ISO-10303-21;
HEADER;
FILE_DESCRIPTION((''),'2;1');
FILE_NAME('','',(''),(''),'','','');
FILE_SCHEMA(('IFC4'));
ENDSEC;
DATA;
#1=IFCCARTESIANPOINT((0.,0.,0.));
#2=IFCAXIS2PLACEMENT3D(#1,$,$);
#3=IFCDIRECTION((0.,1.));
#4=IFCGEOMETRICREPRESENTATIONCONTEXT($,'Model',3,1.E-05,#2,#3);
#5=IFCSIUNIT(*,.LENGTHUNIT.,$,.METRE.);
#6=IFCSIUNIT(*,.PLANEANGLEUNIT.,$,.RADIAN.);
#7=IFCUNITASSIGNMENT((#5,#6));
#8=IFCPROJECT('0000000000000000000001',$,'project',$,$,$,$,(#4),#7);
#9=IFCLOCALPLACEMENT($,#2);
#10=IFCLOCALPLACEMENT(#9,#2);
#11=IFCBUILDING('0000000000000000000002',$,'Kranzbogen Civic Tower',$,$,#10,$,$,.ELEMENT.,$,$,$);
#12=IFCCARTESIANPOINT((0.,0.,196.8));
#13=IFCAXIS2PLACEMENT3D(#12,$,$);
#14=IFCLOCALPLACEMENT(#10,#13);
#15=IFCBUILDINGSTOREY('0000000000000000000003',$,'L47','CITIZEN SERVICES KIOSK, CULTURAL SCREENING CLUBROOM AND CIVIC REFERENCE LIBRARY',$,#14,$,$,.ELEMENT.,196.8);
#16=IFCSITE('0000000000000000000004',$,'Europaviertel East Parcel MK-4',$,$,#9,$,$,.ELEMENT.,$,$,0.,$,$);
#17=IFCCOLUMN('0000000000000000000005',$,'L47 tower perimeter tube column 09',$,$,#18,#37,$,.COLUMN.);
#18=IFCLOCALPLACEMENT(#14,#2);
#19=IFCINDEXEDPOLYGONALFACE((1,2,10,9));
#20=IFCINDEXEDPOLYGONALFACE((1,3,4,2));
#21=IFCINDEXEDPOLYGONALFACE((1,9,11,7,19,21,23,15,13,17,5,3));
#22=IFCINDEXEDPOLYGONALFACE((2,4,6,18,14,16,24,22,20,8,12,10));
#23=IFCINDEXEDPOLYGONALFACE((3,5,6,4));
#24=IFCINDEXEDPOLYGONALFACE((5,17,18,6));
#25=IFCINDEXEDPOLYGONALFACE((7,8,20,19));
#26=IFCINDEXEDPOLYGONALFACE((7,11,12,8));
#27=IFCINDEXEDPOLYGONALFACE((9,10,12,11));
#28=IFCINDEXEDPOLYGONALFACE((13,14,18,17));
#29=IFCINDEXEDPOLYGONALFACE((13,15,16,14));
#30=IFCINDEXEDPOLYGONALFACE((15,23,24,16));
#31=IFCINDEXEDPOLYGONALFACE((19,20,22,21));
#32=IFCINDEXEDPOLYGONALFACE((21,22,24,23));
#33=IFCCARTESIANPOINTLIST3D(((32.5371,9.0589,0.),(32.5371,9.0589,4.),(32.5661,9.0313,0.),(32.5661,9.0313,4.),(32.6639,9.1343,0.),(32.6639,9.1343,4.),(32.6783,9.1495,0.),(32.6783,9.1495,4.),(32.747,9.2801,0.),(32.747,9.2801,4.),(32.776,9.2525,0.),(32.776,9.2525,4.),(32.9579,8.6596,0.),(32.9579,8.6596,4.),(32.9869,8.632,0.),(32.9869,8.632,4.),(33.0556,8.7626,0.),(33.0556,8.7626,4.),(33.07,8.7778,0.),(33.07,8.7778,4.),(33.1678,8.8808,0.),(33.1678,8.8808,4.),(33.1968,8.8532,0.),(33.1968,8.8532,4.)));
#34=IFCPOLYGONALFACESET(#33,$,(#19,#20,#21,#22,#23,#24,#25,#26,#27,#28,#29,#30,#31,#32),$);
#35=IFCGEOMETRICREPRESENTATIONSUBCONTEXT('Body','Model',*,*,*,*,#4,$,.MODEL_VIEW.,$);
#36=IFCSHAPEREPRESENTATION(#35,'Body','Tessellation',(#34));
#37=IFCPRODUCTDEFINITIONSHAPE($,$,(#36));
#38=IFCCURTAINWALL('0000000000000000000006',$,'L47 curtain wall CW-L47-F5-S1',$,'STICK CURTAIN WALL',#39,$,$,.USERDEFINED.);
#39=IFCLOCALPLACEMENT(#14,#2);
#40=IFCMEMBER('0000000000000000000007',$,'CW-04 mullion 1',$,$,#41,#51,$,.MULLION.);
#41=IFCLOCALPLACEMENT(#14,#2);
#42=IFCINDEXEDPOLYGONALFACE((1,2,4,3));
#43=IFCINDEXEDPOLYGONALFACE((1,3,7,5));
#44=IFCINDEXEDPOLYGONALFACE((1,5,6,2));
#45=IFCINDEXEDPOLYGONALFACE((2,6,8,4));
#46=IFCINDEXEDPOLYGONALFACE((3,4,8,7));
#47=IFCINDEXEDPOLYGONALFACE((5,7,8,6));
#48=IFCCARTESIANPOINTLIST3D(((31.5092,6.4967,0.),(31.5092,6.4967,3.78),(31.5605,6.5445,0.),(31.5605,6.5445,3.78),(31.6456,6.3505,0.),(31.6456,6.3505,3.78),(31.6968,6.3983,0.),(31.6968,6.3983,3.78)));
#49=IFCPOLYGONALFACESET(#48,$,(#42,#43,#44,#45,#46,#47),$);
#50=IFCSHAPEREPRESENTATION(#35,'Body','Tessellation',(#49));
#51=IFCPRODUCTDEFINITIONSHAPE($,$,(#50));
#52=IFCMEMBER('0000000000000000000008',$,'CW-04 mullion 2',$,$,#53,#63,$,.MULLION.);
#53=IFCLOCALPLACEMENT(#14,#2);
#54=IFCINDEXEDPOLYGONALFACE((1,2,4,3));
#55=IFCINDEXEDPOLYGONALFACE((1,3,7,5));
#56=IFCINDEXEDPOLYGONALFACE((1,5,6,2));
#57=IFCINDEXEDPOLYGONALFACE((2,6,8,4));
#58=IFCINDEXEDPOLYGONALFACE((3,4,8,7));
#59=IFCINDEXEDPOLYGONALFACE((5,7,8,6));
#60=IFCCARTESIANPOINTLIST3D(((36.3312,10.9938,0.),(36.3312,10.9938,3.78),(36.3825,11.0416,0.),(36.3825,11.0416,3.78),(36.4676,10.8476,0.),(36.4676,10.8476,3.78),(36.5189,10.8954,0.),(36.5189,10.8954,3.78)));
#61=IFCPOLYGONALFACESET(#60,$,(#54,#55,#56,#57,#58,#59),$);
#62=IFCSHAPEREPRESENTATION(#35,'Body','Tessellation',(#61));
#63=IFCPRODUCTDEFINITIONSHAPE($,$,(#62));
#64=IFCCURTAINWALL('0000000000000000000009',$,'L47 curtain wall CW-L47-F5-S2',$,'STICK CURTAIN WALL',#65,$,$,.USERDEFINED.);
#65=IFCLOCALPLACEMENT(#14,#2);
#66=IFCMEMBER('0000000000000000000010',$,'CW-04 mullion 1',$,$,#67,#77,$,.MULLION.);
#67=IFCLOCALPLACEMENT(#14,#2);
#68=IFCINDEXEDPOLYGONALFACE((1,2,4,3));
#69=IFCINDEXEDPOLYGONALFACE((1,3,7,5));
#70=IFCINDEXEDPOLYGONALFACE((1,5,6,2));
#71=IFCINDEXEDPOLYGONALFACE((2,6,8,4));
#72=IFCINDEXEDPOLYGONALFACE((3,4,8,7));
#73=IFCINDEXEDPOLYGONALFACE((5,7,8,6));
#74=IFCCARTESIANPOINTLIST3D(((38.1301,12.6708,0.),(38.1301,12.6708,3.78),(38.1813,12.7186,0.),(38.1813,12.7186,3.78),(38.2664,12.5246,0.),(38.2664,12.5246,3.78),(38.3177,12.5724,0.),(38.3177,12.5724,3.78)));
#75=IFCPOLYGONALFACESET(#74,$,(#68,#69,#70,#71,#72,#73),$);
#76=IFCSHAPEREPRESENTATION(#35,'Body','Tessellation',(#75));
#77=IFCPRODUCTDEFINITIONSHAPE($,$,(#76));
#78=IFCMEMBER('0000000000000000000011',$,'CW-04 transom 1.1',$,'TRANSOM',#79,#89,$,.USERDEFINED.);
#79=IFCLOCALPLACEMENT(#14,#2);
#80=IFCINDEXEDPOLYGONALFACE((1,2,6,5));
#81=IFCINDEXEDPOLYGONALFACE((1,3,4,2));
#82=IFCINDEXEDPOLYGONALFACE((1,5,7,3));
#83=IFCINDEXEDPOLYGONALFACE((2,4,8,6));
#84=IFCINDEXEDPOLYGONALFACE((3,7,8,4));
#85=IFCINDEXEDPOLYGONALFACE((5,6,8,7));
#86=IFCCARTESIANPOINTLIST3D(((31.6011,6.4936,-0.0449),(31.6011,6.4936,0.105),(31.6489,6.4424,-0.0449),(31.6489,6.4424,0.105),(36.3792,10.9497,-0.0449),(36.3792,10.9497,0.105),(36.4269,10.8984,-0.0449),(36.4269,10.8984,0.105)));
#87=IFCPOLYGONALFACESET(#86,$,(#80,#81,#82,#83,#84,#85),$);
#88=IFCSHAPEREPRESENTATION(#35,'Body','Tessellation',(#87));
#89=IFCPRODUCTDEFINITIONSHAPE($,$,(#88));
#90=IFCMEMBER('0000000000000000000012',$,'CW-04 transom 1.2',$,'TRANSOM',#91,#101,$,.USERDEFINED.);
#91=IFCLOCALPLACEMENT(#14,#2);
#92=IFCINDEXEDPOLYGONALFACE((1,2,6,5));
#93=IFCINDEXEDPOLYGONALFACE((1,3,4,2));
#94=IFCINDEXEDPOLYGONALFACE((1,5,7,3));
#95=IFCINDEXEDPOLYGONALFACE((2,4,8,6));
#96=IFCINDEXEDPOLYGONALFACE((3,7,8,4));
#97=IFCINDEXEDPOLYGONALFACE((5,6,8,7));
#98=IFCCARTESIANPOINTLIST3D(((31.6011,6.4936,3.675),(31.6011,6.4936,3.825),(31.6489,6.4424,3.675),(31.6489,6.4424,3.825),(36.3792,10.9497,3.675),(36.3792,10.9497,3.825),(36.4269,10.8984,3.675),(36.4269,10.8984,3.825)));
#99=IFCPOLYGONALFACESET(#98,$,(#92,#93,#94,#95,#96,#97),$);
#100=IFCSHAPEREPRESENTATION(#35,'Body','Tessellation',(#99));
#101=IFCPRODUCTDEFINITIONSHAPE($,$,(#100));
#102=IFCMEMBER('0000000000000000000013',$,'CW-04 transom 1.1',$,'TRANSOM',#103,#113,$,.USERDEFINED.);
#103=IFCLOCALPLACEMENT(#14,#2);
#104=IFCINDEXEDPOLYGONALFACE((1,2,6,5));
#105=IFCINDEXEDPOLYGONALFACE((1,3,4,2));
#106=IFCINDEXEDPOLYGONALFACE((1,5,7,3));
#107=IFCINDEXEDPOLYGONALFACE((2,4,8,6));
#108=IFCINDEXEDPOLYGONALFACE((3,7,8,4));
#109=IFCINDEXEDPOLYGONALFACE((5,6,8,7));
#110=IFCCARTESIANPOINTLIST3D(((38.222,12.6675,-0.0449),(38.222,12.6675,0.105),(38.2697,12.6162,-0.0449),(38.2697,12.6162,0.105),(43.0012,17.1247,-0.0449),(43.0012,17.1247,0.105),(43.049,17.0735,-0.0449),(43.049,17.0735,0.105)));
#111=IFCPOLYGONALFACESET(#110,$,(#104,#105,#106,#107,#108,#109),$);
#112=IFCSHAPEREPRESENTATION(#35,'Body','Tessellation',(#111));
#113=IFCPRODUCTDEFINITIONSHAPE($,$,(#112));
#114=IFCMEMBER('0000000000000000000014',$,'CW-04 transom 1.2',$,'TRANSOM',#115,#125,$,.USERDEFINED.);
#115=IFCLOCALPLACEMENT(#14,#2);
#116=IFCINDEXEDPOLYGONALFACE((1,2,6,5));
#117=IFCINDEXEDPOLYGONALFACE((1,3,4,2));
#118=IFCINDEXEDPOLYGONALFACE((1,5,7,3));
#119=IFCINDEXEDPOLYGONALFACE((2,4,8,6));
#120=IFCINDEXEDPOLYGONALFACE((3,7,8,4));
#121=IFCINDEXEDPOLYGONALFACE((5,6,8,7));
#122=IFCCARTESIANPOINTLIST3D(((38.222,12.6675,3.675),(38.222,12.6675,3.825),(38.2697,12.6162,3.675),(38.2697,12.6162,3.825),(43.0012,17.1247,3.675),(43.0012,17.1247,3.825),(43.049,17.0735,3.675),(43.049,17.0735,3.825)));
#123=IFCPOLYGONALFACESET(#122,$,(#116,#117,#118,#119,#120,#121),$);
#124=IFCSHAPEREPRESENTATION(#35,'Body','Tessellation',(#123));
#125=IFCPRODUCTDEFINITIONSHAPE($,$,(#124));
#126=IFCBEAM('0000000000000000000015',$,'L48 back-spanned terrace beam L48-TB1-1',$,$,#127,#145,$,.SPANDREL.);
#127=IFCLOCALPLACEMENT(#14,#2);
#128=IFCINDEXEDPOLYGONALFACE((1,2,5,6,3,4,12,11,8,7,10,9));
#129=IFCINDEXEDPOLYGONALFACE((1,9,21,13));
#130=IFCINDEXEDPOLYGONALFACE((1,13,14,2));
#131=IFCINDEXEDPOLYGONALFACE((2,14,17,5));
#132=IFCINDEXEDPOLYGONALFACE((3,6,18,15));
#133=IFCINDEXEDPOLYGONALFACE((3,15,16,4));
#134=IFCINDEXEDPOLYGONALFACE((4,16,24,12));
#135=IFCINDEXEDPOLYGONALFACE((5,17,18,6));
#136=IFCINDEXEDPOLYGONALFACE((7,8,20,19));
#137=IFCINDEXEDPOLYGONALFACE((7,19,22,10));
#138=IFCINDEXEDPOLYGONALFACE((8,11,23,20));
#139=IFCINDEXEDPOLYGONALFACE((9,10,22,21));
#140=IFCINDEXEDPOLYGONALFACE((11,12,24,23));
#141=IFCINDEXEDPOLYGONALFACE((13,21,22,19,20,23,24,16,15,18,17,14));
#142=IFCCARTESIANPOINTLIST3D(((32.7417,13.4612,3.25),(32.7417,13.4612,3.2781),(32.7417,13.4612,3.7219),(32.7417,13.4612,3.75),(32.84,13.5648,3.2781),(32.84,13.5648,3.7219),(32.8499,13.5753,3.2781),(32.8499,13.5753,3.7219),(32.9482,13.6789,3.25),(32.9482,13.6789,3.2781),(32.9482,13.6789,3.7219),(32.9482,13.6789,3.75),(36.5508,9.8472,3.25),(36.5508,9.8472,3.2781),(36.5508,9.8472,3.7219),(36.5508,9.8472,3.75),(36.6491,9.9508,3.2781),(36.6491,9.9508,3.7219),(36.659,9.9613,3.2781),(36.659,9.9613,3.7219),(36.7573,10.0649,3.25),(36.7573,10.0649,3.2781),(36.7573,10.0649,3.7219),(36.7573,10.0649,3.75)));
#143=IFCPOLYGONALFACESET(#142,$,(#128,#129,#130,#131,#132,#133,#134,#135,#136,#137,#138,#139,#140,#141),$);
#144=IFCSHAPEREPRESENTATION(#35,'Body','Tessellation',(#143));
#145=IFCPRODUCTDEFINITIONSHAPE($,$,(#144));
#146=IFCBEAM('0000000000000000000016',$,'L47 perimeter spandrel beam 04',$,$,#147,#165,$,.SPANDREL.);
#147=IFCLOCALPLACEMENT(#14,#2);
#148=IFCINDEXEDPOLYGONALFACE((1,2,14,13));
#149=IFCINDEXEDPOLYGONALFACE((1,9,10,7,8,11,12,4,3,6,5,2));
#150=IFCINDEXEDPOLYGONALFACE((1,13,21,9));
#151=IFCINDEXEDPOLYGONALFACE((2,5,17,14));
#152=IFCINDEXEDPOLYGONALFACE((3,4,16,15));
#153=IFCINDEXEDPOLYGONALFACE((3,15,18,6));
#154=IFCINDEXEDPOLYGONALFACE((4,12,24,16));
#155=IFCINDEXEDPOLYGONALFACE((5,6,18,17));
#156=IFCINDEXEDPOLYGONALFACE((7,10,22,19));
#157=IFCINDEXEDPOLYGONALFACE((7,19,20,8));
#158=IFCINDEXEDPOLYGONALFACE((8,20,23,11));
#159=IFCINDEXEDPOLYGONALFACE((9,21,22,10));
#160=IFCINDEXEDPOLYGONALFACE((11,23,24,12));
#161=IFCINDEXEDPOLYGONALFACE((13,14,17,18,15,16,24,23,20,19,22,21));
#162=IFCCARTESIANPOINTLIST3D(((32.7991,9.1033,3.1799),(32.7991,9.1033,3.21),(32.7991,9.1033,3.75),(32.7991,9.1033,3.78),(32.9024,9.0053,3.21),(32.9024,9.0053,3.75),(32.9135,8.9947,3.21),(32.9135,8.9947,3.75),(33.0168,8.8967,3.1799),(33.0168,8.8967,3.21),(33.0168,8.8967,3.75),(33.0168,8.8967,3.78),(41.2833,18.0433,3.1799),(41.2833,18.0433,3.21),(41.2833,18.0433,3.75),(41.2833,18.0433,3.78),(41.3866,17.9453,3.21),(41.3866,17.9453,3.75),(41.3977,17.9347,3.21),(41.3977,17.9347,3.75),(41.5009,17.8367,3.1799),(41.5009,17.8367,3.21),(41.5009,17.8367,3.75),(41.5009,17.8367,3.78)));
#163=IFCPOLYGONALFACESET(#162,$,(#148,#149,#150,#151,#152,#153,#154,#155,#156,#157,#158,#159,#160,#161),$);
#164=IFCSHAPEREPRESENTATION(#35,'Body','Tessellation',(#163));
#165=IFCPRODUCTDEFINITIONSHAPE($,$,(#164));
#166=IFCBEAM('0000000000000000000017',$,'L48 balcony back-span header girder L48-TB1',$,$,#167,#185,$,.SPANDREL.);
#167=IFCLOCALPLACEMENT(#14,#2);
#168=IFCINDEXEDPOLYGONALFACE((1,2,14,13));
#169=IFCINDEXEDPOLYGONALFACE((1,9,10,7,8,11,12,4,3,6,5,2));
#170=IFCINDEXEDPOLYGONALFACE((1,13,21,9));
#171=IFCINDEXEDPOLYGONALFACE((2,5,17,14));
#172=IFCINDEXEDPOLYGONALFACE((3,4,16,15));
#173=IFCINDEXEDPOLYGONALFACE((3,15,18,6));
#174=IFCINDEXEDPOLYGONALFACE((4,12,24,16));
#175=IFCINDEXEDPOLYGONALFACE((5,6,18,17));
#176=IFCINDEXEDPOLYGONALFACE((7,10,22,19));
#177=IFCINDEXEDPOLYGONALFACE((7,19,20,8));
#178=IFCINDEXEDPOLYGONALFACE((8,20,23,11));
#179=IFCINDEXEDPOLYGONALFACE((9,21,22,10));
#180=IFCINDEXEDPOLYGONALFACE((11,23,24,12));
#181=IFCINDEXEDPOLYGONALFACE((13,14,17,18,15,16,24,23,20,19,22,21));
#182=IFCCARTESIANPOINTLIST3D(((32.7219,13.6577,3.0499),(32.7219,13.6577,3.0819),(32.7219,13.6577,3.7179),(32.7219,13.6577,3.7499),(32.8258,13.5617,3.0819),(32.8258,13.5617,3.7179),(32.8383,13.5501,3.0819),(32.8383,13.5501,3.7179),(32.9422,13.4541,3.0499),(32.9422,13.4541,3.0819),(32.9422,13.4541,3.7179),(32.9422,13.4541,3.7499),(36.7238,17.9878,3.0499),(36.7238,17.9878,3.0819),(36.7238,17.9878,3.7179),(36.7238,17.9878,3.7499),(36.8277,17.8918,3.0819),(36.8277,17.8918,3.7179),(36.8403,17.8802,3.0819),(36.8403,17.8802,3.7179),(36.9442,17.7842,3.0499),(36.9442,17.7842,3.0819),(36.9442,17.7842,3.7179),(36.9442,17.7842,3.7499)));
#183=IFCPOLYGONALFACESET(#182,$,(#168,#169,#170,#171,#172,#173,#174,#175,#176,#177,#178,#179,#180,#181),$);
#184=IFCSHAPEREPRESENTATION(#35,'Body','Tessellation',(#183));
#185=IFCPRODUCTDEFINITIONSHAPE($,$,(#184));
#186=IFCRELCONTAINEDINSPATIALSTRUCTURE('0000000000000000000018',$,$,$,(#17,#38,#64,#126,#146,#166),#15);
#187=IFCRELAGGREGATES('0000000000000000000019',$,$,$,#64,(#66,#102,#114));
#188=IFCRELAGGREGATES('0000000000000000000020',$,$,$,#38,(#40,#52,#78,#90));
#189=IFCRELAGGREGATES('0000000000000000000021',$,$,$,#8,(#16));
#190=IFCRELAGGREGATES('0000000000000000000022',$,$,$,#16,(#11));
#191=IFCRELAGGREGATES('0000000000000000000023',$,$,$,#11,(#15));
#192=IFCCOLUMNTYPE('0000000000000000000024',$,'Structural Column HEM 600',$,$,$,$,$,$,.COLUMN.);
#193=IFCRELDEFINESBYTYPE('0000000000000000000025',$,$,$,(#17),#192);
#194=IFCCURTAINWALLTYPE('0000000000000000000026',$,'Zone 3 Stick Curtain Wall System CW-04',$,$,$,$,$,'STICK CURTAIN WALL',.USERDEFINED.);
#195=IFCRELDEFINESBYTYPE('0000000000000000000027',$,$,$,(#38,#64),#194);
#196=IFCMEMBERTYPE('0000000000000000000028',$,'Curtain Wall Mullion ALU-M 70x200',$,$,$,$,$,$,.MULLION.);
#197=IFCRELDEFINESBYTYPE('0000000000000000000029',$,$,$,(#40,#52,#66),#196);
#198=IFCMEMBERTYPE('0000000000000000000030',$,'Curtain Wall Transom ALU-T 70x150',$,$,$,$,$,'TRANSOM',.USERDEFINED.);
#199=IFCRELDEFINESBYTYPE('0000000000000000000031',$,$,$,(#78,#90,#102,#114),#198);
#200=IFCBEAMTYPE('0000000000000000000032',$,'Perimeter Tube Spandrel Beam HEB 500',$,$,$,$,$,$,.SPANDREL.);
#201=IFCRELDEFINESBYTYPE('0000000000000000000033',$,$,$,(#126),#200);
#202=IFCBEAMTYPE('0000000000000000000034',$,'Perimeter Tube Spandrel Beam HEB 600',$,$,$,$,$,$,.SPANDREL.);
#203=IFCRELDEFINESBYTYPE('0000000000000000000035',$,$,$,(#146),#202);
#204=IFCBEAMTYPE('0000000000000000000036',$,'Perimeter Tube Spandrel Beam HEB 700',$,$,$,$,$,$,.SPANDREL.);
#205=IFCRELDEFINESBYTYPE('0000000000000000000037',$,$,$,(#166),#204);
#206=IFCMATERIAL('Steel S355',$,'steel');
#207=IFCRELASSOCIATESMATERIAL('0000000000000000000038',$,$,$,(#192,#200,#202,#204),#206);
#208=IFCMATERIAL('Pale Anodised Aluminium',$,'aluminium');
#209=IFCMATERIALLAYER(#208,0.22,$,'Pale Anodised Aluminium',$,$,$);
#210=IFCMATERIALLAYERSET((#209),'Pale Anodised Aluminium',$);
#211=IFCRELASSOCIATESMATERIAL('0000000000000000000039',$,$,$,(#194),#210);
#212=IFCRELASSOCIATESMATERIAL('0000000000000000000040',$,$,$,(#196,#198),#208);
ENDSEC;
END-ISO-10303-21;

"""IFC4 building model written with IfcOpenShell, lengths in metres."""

from ifc_helpers import new_model, si_unit, direction, frame, origin, origin_2d, place, context, subcontext, project, spatial, rectangle, i_section, extrude, material, layer, layer_set, material_profile, profile_set, type_object, element, aggregate, save


model = new_model("IFC4")

# Units and contexts
model_context = context("Model", 3, precision=1e-05, world=origin(), true_north=direction((0.0, 1.0)))
body_context = subcontext(model_context, "Body", "Model", "MODEL_VIEW")
ifc_project = project(units=[si_unit("LENGTHUNIT", "METRE"), si_unit("PLANEANGLEUNIT", "RADIAN")], contexts=[model_context])

# Site, building, storey
site_placement = place(None, origin())
site = spatial("IfcSite", under=ifc_project, at=site_placement, Name="Europaviertel East Parcel MK-4", CompositionType="ELEMENT", RefElevation=0.0)
building_placement = place(site_placement, origin())
building = spatial("IfcBuilding", under=site, at=building_placement, Name="Kranzbogen Civic Tower", CompositionType="ELEMENT")
storey_placement = place(building_placement, frame((0.0, 0.0, 196.8)))
storey = spatial("IfcBuildingStorey", under=building, at=storey_placement, Name="L47", Description="CITIZEN SERVICES KIOSK, CULTURAL SCREENING CLUBROOM AND CIVIC REFERENCE LIBRARY", CompositionType="ELEMENT", Elevation=196.8)

# Column
ifc_material_1 = material(Name="Steel S355", Category="steel")
ifc_material_profile_1 = material_profile(ifc_material_1, i_section(OverallWidth=0.3049, OverallDepth=0.6201, WebThickness=0.021, FlangeThickness=0.04, at=origin_2d()), Name="HEM 600")
ifc_profile_set_1 = profile_set([ifc_material_profile_1], Name="Steel S355")
column_type = type_object("IfcColumnType", Name="Structural Column HEM 600", PredefinedType="COLUMN", material=ifc_profile_set_1)
column_placement = place(storey_placement, frame((32.8669, 8.9561, 0.0), z_axis=(0.0, 0.0, 1.0), x_axis=(0.688355, 0.725374, 0.0)))
element("IfcColumn", 1, at=column_placement, inside=storey, type_object=column_type, Name="L47 tower perimeter tube column 09", PredefinedType="COLUMN", context=body_context, shape_type="SweptSolid", body=[
    extrude(i_section(OverallWidth=0.3049, OverallDepth=0.6201, WebThickness=0.021, FlangeThickness=0.04, at=origin_2d()), origin(), (0.0, 0.0, 1.0), 4.0),
])

# Curtain wall, members
ifc_material_2 = material(Name="Pale Anodised Aluminium", Category="aluminium")
ifc_layer_1 = layer(ifc_material_2, 0.22, Name="Pale Anodised Aluminium")
ifc_layer_set_1 = layer_set([ifc_layer_1], Name="Pale Anodised Aluminium")
curtain_wall_type = type_object("IfcCurtainWallType", Name="Zone 3 Stick Curtain Wall System CW-04", ElementType="STICK CURTAIN WALL", PredefinedType="USERDEFINED", material=ifc_layer_set_1)
curtain_wall_1_placement = place(storey_placement, origin())
curtain_wall_1 = element("IfcCurtainWall", 2, at=curtain_wall_1_placement, inside=storey, type_object=curtain_wall_type, Name="L47 curtain wall CW-L47-F5-S1", ObjectType="STICK CURTAIN WALL", PredefinedType="USERDEFINED")
ifc_material_profile_2 = material_profile(ifc_material_2, rectangle(XDim=0.0701, YDim=0.2, at=origin_2d()), Name="ALU-M 70x200")
ifc_profile_set_2 = profile_set([ifc_material_profile_2], Name="Pale Anodised Aluminium")
member_type_1 = type_object("IfcMemberType", Name="Curtain Wall Mullion ALU-M 70x200", PredefinedType="MULLION", material=ifc_profile_set_2)
member_1_placement = place(storey_placement, frame((31.603, 6.4475, 0.0), z_axis=(0.0, 0.0, 1.0), x_axis=(0.731325, 0.682029, 0.0)))
member_1 = element("IfcMember", 3, at=member_1_placement, type_object=member_type_1, Name="CW-04 mullion 1", PredefinedType="MULLION", context=body_context, shape_type="SweptSolid", body=[
    extrude(rectangle(XDim=0.0701, YDim=0.2, at=origin_2d()), origin(), (0.0, 0.0, 1.0), 3.78),
])
member_2_placement = place(storey_placement, frame((36.425, 10.9446, 0.0), z_axis=(0.0, 0.0, 1.0), x_axis=(0.731325, 0.682029, 0.0)))
member_2 = element("IfcMember", 4, at=member_2_placement, type_object=member_type_1, Name="CW-04 mullion 2", PredefinedType="MULLION", context=body_context, shape_type="SweptSolid", body=[
    extrude(rectangle(XDim=0.0701, YDim=0.2, at=origin_2d()), origin(), (0.0, 0.0, 1.0), 3.78),
])

# Curtain wall, member
curtain_wall_2_placement = place(storey_placement, origin())
curtain_wall_2 = element("IfcCurtainWall", 5, at=curtain_wall_2_placement, inside=storey, type_object=curtain_wall_type, Name="L47 curtain wall CW-L47-F5-S2", ObjectType="STICK CURTAIN WALL", PredefinedType="USERDEFINED")
member_3_placement = place(storey_placement, frame((38.2239, 12.6216, 0.0), z_axis=(0.0, 0.0, 1.0), x_axis=(0.73132, 0.682034, 0.0)))
member_3 = element("IfcMember", 6, at=member_3_placement, type_object=member_type_1, Name="CW-04 mullion 1", PredefinedType="MULLION", context=body_context, shape_type="SweptSolid", body=[
    extrude(rectangle(XDim=0.0701, YDim=0.2, at=origin_2d()), origin(), (0.0, 0.0, 1.0), 3.78),
])

# Members
ifc_material_profile_3 = material_profile(ifc_material_2, rectangle(XDim=0.0701, YDim=0.1499, at=origin_2d()), Name="ALU-T 70x150")
ifc_profile_set_3 = profile_set([ifc_material_profile_3], Name="Pale Anodised Aluminium")
member_type_2 = type_object("IfcMemberType", Name="Curtain Wall Transom ALU-T 70x150", ElementType="TRANSOM", PredefinedType="USERDEFINED", material=ifc_profile_set_3)
member_4_placement = place(storey_placement, frame((31.625, 6.468, 0.03), z_axis=(0.731321, 0.682033, 0.0), x_axis=(-0.682033, 0.731321, 0.0)))
member_4 = element("IfcMember", 7, at=member_4_placement, type_object=member_type_2, Name="CW-04 transom 1.1", ObjectType="TRANSOM", PredefinedType="USERDEFINED", context=body_context, shape_type="SweptSolid", body=[
    extrude(rectangle(XDim=0.0701, YDim=0.1499, at=origin_2d()), origin(), (0.0, 0.0, 1.0), 6.5334),
])
member_5_placement = place(storey_placement, frame((31.625, 6.468, 3.75), z_axis=(0.731321, 0.682033, 0.0), x_axis=(-0.682033, 0.731321, 0.0)))
member_5 = element("IfcMember", 8, at=member_5_placement, type_object=member_type_2, Name="CW-04 transom 1.2", ObjectType="TRANSOM", PredefinedType="USERDEFINED", context=body_context, shape_type="SweptSolid", body=[
    extrude(rectangle(XDim=0.0701, YDim=0.1499, at=origin_2d()), origin(), (0.0, 0.0, 1.0), 6.5334),
])
member_6_placement = place(storey_placement, frame((38.2458, 12.6418, 0.03), z_axis=(0.731315, 0.68204, 0.0), x_axis=(-0.68204, 0.731315, 0.0)))
member_6 = element("IfcMember", 9, at=member_6_placement, type_object=member_type_2, Name="CW-04 transom 1.1", ObjectType="TRANSOM", PredefinedType="USERDEFINED", context=body_context, shape_type="SweptSolid", body=[
    extrude(rectangle(XDim=0.0701, YDim=0.1499, at=origin_2d()), origin(), (0.0, 0.0, 1.0), 6.5352),
])
member_7_placement = place(storey_placement, frame((38.2458, 12.6418, 3.75), z_axis=(0.731315, 0.68204, 0.0), x_axis=(-0.68204, 0.731315, 0.0)))
member_7 = element("IfcMember", 10, at=member_7_placement, type_object=member_type_2, Name="CW-04 transom 1.2", ObjectType="TRANSOM", PredefinedType="USERDEFINED", context=body_context, shape_type="SweptSolid", body=[
    extrude(rectangle(XDim=0.0701, YDim=0.1499, at=origin_2d()), origin(), (0.0, 0.0, 1.0), 6.5352),
])
aggregate(curtain_wall_2, [member_3, member_6, member_7])

# Beams
ifc_material_profile_4 = material_profile(ifc_material_1, i_section(OverallWidth=0.3, OverallDepth=0.5, WebThickness=0.0144, FlangeThickness=0.0281, at=origin_2d()), Name="HEB 500")
ifc_profile_set_4 = profile_set([ifc_material_profile_4], Name="Steel S355")
beam_type_1 = type_object("IfcBeamType", Name="Perimeter Tube Spandrel Beam HEB 500", PredefinedType="SPANDREL", material=ifc_profile_set_4)
beam_1_placement = place(storey_placement, frame((32.845, 13.5701, 3.5), z_axis=(0.725438, -0.688287, 0.0), x_axis=(0.688287, 0.725438, 0.0)))
element("IfcBeam", 11, at=beam_1_placement, inside=storey, type_object=beam_type_1, Name="L48 back-spanned terrace beam L48-TB1-1", PredefinedType="SPANDREL", context=body_context, shape_type="SweptSolid", body=[
    extrude(i_section(OverallWidth=0.3, OverallDepth=0.5, WebThickness=0.0144, FlangeThickness=0.0281, at=origin_2d()), origin(), (0.0, 0.0, 1.0), 5.2507),
])
ifc_material_profile_5 = material_profile(ifc_material_1, i_section(OverallWidth=0.3, OverallDepth=0.6001, WebThickness=0.0154, FlangeThickness=0.03, at=origin_2d()), Name="HEB 600")
ifc_profile_set_5 = profile_set([ifc_material_profile_5], Name="Steel S355")
beam_type_2 = type_object("IfcBeamType", Name="Perimeter Tube Spandrel Beam HEB 600", PredefinedType="SPANDREL", material=ifc_profile_set_5)
beam_2_placement = place(storey_placement, frame((32.908, 9.0, 3.48), z_axis=(0.688373, 0.725356, 0.0), x_axis=(-0.725356, 0.688373, 0.0)))
element("IfcBeam", 12, at=beam_2_placement, inside=storey, type_object=beam_type_2, Name="L47 perimeter spandrel beam 04", PredefinedType="SPANDREL", context=body_context, shape_type="SweptSolid", body=[
    extrude(i_section(OverallWidth=0.3, OverallDepth=0.6001, WebThickness=0.0154, FlangeThickness=0.03, at=origin_2d()), origin(), (0.0, 0.0, 1.0), 12.325),
])
ifc_material_profile_6 = material_profile(ifc_material_1, i_section(OverallWidth=0.3, OverallDepth=0.7, WebThickness=0.0171, FlangeThickness=0.032, at=origin_2d()), Name="HEB 700")
ifc_profile_set_6 = profile_set([ifc_material_profile_6], Name="Steel S355")
beam_type_3 = type_object("IfcBeamType", Name="Perimeter Tube Spandrel Beam HEB 700", PredefinedType="SPANDREL", material=ifc_profile_set_6)
beam_3_placement = place(storey_placement, frame((32.832, 13.5559, 3.3999), z_axis=(0.678734, 0.734384, 0.0), x_axis=(-0.734384, 0.678734, 0.0)))
element("IfcBeam", 13, at=beam_3_placement, inside=storey, type_object=beam_type_3, Name="L48 balcony back-span header girder L48-TB1", PredefinedType="SPANDREL", context=body_context, shape_type="SweptSolid", body=[
    extrude(i_section(OverallWidth=0.3, OverallDepth=0.7, WebThickness=0.0171, FlangeThickness=0.032, at=origin_2d()), origin(), (0.0, 0.0, 1.0), 5.8962),
])

aggregate(curtain_wall_1, [member_1, member_2, member_4, member_5])

save(model, "model.ifc")
